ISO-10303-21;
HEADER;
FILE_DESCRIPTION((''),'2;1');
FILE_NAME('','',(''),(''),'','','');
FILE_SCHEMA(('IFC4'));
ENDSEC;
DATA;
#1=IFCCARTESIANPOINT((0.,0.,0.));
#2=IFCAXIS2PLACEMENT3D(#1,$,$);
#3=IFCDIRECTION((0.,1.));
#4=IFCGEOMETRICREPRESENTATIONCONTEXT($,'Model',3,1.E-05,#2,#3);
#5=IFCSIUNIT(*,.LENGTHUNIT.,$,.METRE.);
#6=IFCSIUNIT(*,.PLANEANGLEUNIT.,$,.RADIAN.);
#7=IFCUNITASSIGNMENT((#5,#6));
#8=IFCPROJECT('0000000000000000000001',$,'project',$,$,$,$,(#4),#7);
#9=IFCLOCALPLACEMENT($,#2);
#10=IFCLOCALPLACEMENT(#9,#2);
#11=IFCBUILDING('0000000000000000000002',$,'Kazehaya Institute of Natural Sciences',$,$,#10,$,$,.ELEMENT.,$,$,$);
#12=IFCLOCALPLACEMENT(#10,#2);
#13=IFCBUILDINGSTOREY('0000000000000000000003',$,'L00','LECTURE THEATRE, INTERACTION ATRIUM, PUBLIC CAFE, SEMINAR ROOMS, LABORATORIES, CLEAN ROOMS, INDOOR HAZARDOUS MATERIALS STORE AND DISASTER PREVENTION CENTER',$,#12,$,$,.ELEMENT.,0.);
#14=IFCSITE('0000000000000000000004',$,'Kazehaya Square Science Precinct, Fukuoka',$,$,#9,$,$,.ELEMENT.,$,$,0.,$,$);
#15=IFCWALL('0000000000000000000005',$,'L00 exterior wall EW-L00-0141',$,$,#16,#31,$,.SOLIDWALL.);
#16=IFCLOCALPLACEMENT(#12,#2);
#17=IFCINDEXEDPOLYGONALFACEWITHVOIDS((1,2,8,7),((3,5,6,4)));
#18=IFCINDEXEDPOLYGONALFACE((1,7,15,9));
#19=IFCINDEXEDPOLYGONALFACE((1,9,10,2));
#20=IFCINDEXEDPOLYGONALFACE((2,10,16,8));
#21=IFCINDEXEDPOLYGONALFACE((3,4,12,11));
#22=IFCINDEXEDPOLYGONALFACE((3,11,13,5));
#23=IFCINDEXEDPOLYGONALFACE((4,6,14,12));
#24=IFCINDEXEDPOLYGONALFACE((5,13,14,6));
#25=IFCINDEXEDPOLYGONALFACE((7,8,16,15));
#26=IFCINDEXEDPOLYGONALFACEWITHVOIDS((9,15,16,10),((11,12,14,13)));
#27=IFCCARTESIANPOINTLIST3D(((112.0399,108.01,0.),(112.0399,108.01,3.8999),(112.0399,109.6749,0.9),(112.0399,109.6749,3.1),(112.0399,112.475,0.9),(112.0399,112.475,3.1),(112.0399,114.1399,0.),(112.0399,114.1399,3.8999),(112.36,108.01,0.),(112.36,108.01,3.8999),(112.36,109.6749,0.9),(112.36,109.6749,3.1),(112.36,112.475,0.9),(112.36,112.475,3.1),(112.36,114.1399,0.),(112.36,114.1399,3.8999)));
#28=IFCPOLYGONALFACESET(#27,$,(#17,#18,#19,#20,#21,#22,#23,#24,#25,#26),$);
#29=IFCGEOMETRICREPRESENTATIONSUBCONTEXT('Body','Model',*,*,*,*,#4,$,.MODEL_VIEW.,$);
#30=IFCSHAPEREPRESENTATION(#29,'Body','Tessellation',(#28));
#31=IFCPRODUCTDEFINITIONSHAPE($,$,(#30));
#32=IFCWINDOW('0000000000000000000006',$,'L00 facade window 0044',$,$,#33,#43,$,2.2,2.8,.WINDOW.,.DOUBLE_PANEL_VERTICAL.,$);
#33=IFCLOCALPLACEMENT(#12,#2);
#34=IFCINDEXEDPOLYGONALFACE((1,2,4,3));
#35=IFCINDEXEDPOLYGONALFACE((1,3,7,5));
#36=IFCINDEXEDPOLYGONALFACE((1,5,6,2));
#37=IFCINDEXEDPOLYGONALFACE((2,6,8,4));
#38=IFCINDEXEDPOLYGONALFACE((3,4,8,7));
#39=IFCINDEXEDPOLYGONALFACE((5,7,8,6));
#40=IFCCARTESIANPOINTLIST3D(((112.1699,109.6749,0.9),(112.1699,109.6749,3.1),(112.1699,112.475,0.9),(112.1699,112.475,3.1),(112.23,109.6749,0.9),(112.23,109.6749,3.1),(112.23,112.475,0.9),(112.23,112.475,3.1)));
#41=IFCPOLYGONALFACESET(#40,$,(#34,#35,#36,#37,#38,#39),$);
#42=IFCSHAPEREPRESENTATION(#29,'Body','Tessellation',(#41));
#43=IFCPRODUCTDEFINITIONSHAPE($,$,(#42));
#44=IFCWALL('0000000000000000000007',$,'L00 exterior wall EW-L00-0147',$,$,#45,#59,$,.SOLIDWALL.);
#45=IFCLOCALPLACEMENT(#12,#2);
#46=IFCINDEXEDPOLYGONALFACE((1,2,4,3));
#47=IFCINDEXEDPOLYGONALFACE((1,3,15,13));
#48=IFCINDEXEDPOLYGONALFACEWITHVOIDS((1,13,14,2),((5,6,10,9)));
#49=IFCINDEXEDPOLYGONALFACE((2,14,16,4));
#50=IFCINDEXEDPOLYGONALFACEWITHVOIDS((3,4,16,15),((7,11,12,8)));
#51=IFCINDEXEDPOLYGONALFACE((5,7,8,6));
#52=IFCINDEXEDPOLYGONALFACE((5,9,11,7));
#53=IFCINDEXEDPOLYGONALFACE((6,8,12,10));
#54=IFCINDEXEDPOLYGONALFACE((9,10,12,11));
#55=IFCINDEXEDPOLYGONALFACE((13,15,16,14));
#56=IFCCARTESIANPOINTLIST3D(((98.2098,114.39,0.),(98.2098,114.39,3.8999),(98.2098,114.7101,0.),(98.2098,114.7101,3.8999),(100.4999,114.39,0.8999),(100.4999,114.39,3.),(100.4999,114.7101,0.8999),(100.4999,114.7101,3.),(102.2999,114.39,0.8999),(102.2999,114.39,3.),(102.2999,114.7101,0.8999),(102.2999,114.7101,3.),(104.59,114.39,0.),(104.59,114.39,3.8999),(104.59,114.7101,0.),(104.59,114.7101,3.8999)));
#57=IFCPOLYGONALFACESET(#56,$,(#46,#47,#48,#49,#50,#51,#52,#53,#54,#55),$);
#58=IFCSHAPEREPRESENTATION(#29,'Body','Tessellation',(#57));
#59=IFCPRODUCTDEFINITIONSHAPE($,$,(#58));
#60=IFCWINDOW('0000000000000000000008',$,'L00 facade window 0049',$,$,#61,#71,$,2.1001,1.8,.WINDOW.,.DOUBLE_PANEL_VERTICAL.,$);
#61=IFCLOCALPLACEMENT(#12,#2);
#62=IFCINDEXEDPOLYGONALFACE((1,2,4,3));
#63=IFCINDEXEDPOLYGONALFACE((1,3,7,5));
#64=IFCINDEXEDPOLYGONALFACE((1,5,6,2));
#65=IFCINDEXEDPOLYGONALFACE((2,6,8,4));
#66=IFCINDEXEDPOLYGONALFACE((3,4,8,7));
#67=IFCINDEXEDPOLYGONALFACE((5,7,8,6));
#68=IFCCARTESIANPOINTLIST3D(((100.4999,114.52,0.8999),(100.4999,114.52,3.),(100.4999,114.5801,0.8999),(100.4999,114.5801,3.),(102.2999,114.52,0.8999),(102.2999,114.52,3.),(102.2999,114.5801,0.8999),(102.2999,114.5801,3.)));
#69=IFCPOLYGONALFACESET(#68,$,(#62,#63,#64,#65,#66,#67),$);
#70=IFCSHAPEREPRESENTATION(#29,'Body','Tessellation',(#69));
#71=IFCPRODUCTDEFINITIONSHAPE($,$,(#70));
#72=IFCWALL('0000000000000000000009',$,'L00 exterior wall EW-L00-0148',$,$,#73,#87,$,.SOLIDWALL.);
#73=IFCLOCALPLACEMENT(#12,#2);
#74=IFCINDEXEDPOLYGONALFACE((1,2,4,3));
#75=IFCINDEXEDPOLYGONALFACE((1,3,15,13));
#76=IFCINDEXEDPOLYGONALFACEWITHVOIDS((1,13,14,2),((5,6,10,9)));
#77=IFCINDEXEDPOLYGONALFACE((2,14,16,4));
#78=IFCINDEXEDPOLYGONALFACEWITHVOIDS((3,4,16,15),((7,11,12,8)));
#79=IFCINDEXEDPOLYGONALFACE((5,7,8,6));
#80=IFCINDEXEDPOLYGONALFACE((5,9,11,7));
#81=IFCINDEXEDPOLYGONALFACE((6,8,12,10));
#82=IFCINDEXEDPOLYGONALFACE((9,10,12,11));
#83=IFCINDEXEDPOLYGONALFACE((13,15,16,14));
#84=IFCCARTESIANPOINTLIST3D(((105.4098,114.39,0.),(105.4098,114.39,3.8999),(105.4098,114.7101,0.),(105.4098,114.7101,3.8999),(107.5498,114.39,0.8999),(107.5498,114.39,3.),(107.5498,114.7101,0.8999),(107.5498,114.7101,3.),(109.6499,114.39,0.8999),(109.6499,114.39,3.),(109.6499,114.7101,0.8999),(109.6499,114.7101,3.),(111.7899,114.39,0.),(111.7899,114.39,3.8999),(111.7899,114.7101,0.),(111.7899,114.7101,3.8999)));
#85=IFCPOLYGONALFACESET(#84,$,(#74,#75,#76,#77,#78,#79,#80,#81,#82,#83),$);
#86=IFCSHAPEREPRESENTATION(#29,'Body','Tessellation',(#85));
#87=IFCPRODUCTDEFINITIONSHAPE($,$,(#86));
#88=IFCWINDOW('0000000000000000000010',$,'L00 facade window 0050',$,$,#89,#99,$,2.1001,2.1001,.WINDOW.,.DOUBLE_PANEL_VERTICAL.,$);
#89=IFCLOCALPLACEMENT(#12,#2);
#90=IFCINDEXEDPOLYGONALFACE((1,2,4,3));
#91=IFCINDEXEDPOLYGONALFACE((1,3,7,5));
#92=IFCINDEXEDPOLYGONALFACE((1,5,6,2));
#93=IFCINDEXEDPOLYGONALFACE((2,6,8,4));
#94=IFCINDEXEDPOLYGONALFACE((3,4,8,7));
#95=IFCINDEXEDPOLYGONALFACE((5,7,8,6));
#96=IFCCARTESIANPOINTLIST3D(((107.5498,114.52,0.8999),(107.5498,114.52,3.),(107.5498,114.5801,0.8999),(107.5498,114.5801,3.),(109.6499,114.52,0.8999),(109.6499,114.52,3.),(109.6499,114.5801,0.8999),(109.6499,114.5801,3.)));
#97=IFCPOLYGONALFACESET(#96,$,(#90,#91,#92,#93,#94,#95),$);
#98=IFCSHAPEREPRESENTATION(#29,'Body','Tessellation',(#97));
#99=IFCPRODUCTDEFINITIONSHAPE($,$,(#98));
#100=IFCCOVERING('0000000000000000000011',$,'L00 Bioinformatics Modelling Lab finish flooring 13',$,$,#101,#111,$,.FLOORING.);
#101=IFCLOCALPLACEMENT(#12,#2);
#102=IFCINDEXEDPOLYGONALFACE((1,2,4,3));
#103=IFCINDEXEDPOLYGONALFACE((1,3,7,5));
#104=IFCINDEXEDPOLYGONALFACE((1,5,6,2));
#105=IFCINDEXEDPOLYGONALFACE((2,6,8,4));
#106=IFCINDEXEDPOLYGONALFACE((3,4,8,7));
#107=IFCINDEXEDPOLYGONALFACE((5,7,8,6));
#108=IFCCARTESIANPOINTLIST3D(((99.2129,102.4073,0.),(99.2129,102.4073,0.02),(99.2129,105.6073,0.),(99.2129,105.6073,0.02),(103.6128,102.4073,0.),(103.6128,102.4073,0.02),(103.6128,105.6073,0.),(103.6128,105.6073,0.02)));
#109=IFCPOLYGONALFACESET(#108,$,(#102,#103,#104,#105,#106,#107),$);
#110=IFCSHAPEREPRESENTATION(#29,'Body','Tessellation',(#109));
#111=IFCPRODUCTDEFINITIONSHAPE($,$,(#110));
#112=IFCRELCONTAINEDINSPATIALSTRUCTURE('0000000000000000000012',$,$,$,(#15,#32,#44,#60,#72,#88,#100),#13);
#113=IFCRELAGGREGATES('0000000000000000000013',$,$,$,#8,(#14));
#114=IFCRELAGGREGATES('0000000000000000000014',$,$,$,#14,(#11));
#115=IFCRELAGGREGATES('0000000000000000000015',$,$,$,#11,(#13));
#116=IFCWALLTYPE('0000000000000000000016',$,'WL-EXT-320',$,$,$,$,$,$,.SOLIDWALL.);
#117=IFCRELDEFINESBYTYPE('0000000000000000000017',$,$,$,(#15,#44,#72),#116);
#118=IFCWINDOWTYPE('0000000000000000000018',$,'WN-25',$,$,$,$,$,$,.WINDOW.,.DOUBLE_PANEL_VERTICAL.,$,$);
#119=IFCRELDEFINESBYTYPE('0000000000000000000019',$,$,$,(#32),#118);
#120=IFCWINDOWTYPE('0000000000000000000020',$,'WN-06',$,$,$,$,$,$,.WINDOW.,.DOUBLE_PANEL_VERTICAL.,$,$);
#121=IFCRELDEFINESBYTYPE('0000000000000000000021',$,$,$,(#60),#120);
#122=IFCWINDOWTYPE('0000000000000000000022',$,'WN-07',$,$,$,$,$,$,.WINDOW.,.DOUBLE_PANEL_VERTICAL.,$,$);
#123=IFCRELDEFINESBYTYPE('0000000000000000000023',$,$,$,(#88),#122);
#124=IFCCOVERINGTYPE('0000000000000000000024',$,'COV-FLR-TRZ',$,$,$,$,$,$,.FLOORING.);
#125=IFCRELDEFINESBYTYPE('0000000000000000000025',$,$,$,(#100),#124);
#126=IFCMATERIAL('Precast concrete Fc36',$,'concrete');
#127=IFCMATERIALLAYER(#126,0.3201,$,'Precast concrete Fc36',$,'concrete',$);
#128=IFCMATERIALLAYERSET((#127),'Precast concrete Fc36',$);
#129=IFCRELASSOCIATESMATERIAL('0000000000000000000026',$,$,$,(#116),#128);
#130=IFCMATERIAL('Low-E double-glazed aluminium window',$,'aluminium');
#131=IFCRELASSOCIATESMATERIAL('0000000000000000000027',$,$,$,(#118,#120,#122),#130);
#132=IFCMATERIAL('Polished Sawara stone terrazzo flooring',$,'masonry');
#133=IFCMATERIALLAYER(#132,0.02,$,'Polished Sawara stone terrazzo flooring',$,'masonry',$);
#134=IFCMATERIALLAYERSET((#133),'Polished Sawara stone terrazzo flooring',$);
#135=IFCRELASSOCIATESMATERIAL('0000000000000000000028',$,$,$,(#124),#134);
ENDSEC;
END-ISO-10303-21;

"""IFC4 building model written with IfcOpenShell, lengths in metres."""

from ifc_helpers import new_model, si_unit, direction, frame, frame_2d, origin, origin_2d, place, context, subcontext, project, spatial, rectangle, extrude, material, layer, layer_set, type_object, element, fill, save


model = new_model("IFC4")

# Units and contexts
model_context = context("Model", 3, precision=1e-05, world=origin(), true_north=direction((0.0, 1.0)))
body_context = subcontext(model_context, "Body", "Model", "MODEL_VIEW")
ifc_project = project(units=[si_unit("LENGTHUNIT", "METRE"), si_unit("PLANEANGLEUNIT", "RADIAN")], contexts=[model_context])

# Site, building, storey
site_placement = place(None, origin())
site = spatial("IfcSite", under=ifc_project, at=site_placement, Name="Kazehaya Square Science Precinct, Fukuoka", CompositionType="ELEMENT", RefElevation=0.0)
building_placement = place(site_placement, origin())
building = spatial("IfcBuilding", under=site, at=building_placement, Name="Kazehaya Institute of Natural Sciences", CompositionType="ELEMENT")
storey_placement = place(building_placement, origin())
storey = spatial("IfcBuildingStorey", under=building, at=storey_placement, Name="L00", Description="LECTURE THEATRE, INTERACTION ATRIUM, PUBLIC CAFE, SEMINAR ROOMS, LABORATORIES, CLEAN ROOMS, INDOOR HAZARDOUS MATERIALS STORE AND DISASTER PREVENTION CENTER", CompositionType="ELEMENT", Elevation=0.0)

# Walls, openings, windows
ifc_material_1 = material(Name="Precast concrete Fc36", Category="concrete")
ifc_layer_1 = layer(ifc_material_1, 0.3201, Name="Precast concrete Fc36", Category="concrete")
ifc_layer_set_1 = layer_set([ifc_layer_1], Name="Precast concrete Fc36")
wall_type = type_object("IfcWallType", Name="WL-EXT-320", PredefinedType="SOLIDWALL", material=ifc_layer_set_1)
ifc_material_2 = material(Name="Low-E double-glazed aluminium window", Category="aluminium")
window_type_1 = type_object("IfcWindowType", Name="WN-25", PartitioningType="DOUBLE_PANEL_VERTICAL", PredefinedType="WINDOW", material=ifc_material_2)
wall_1_placement = place(storey_placement, frame((112.2, 114.1399, 0.0), z_axis=(0.0, 0.0, 1.0), x_axis=(0.0, -1.0, 0.0)))
wall_1 = element("IfcWall", 1, at=wall_1_placement, inside=storey, type_object=wall_type, Name="L00 exterior wall EW-L00-0141", PredefinedType="SOLIDWALL", context=body_context, shape_type="SweptSolid", body=[
    extrude(rectangle(XDim=6.1299, YDim=0.3201, at=frame_2d((3.0649, 0.0))), origin(), (0.0, 0.0, 1.0), 3.8999),
])
opening_1_placement = place(wall_1_placement, frame((1.665, 0.0, 0.8999)))
opening_1 = element("IfcOpeningElement", 2, at=opening_1_placement, cuts=wall_1, PredefinedType="OPENING", context=body_context, shape_type="SweptSolid", body=[
    extrude(rectangle(XDim=2.8, YDim=2.2, at=frame_2d((1.3999, 1.1001))), frame((0.0, 0.1699, 0.0), z_axis=(0.0, -1.0, 0.0), x_axis=(1.0, 0.0, 0.0)), (0.0, 0.0, 1.0), 0.3401),
])
window_1_placement = place(opening_1_placement, origin())
window_1 = element("IfcWindow", 3, at=window_1_placement, inside=storey, type_object=window_type_1, Name="L00 facade window 0044", OverallHeight=2.2, OverallWidth=2.8, PartitioningType="DOUBLE_PANEL_VERTICAL", PredefinedType="WINDOW", context=body_context, shape_type="SweptSolid", body=[
    extrude(rectangle(XDim=2.8, YDim=2.2, at=frame_2d((1.3999, 1.1001))), frame((0.0, 0.03, 0.0), z_axis=(0.0, -1.0, 0.0), x_axis=(1.0, 0.0, 0.0)), (0.0, 0.0, 1.0), 0.0601),
])
fill(opening_1, window_1)
wall_2_placement = place(storey_placement, frame((98.21, 114.55, 0.0), z_axis=(0.0, 0.0, 1.0), x_axis=(1.0, 0.0, 0.0)))
wall_2 = element("IfcWall", 4, at=wall_2_placement, inside=storey, type_object=wall_type, Name="L00 exterior wall EW-L00-0147", PredefinedType="SOLIDWALL", context=body_context, shape_type="SweptSolid", body=[
    extrude(rectangle(XDim=6.3801, YDim=0.3201, at=frame_2d((3.1899, 0.0))), origin(), (0.0, 0.0, 1.0), 3.8999),
])
opening_2_placement = place(wall_2_placement, frame((2.29, 0.0, 0.8999)))
opening_2 = element("IfcOpeningElement", 5, at=opening_2_placement, cuts=wall_2, PredefinedType="OPENING", context=body_context, shape_type="SweptSolid", body=[
    extrude(rectangle(XDim=1.8, YDim=2.1001, at=frame_2d((0.8999, 1.05))), frame((0.0, 0.1699, 0.0), z_axis=(0.0, -1.0, 0.0), x_axis=(1.0, 0.0, 0.0)), (0.0, 0.0, 1.0), 0.3401),
])
window_type_2 = type_object("IfcWindowType", Name="WN-06", PartitioningType="DOUBLE_PANEL_VERTICAL", PredefinedType="WINDOW", material=ifc_material_2)
window_2_placement = place(opening_2_placement, origin())
window_2 = element("IfcWindow", 6, at=window_2_placement, inside=storey, type_object=window_type_2, Name="L00 facade window 0049", OverallHeight=2.1001, OverallWidth=1.8, PartitioningType="DOUBLE_PANEL_VERTICAL", PredefinedType="WINDOW", context=body_context, shape_type="SweptSolid", body=[
    extrude(rectangle(XDim=1.8, YDim=2.1001, at=frame_2d((0.8999, 1.05))), frame((0.0, 0.03, 0.0), z_axis=(0.0, -1.0, 0.0), x_axis=(1.0, 0.0, 0.0)), (0.0, 0.0, 1.0), 0.0601),
])
fill(opening_2, window_2)
wall_3_placement = place(storey_placement, frame((105.4099, 114.55, 0.0), z_axis=(0.0, 0.0, 1.0), x_axis=(1.0, 0.0, 0.0)))
wall_3 = element("IfcWall", 7, at=wall_3_placement, inside=storey, type_object=wall_type, Name="L00 exterior wall EW-L00-0148", PredefinedType="SOLIDWALL", context=body_context, shape_type="SweptSolid", body=[
    extrude(rectangle(XDim=6.3801, YDim=0.3201, at=frame_2d((3.1899, 0.0))), origin(), (0.0, 0.0, 1.0), 3.8999),
])
opening_3_placement = place(wall_3_placement, frame((2.1399, 0.0, 0.8999)))
opening_3 = element("IfcOpeningElement", 8, at=opening_3_placement, cuts=wall_3, PredefinedType="OPENING", context=body_context, shape_type="SweptSolid", body=[
    extrude(rectangle(XDim=2.1001, YDim=2.1001, at=frame_2d((1.05, 1.05))), frame((0.0, 0.1699, 0.0), z_axis=(0.0, -1.0, 0.0), x_axis=(1.0, 0.0, 0.0)), (0.0, 0.0, 1.0), 0.3401),
])
window_type_3 = type_object("IfcWindowType", Name="WN-07", PartitioningType="DOUBLE_PANEL_VERTICAL", PredefinedType="WINDOW", material=ifc_material_2)
window_3_placement = place(opening_3_placement, origin())
window_3 = element("IfcWindow", 9, at=window_3_placement, inside=storey, type_object=window_type_3, Name="L00 facade window 0050", OverallHeight=2.1001, OverallWidth=2.1001, PartitioningType="DOUBLE_PANEL_VERTICAL", PredefinedType="WINDOW", context=body_context, shape_type="SweptSolid", body=[
    extrude(rectangle(XDim=2.1001, YDim=2.1001, at=frame_2d((1.05, 1.05))), frame((0.0, 0.03, 0.0), z_axis=(0.0, -1.0, 0.0), x_axis=(1.0, 0.0, 0.0)), (0.0, 0.0, 1.0), 0.0601),
])
fill(opening_3, window_3)

# Covering
ifc_material_3 = material(Name="Polished Sawara stone terrazzo flooring", Category="masonry")
ifc_layer_2 = layer(ifc_material_3, 0.02, Name="Polished Sawara stone terrazzo flooring", Category="masonry")
ifc_layer_set_2 = layer_set([ifc_layer_2], Name="Polished Sawara stone terrazzo flooring")
covering_type = type_object("IfcCoveringType", Name="COV-FLR-TRZ", PredefinedType="FLOORING", material=ifc_layer_set_2)
covering_placement = place(storey_placement, frame((101.4128, 104.0073, 0.0), z_axis=(0.0, 0.0, 1.0), x_axis=(1.0, 0.0, 0.0)))
element("IfcCovering", 10, at=covering_placement, inside=storey, type_object=covering_type, Name="L00 Bioinformatics Modelling Lab finish flooring 13", PredefinedType="FLOORING", context=body_context, shape_type="SweptSolid", body=[
    extrude(rectangle(XDim=4.3999, YDim=3.2, at=origin_2d()), origin(), (0.0, 0.0, 1.0), 0.02),
])

save(model, "model.ifc")
